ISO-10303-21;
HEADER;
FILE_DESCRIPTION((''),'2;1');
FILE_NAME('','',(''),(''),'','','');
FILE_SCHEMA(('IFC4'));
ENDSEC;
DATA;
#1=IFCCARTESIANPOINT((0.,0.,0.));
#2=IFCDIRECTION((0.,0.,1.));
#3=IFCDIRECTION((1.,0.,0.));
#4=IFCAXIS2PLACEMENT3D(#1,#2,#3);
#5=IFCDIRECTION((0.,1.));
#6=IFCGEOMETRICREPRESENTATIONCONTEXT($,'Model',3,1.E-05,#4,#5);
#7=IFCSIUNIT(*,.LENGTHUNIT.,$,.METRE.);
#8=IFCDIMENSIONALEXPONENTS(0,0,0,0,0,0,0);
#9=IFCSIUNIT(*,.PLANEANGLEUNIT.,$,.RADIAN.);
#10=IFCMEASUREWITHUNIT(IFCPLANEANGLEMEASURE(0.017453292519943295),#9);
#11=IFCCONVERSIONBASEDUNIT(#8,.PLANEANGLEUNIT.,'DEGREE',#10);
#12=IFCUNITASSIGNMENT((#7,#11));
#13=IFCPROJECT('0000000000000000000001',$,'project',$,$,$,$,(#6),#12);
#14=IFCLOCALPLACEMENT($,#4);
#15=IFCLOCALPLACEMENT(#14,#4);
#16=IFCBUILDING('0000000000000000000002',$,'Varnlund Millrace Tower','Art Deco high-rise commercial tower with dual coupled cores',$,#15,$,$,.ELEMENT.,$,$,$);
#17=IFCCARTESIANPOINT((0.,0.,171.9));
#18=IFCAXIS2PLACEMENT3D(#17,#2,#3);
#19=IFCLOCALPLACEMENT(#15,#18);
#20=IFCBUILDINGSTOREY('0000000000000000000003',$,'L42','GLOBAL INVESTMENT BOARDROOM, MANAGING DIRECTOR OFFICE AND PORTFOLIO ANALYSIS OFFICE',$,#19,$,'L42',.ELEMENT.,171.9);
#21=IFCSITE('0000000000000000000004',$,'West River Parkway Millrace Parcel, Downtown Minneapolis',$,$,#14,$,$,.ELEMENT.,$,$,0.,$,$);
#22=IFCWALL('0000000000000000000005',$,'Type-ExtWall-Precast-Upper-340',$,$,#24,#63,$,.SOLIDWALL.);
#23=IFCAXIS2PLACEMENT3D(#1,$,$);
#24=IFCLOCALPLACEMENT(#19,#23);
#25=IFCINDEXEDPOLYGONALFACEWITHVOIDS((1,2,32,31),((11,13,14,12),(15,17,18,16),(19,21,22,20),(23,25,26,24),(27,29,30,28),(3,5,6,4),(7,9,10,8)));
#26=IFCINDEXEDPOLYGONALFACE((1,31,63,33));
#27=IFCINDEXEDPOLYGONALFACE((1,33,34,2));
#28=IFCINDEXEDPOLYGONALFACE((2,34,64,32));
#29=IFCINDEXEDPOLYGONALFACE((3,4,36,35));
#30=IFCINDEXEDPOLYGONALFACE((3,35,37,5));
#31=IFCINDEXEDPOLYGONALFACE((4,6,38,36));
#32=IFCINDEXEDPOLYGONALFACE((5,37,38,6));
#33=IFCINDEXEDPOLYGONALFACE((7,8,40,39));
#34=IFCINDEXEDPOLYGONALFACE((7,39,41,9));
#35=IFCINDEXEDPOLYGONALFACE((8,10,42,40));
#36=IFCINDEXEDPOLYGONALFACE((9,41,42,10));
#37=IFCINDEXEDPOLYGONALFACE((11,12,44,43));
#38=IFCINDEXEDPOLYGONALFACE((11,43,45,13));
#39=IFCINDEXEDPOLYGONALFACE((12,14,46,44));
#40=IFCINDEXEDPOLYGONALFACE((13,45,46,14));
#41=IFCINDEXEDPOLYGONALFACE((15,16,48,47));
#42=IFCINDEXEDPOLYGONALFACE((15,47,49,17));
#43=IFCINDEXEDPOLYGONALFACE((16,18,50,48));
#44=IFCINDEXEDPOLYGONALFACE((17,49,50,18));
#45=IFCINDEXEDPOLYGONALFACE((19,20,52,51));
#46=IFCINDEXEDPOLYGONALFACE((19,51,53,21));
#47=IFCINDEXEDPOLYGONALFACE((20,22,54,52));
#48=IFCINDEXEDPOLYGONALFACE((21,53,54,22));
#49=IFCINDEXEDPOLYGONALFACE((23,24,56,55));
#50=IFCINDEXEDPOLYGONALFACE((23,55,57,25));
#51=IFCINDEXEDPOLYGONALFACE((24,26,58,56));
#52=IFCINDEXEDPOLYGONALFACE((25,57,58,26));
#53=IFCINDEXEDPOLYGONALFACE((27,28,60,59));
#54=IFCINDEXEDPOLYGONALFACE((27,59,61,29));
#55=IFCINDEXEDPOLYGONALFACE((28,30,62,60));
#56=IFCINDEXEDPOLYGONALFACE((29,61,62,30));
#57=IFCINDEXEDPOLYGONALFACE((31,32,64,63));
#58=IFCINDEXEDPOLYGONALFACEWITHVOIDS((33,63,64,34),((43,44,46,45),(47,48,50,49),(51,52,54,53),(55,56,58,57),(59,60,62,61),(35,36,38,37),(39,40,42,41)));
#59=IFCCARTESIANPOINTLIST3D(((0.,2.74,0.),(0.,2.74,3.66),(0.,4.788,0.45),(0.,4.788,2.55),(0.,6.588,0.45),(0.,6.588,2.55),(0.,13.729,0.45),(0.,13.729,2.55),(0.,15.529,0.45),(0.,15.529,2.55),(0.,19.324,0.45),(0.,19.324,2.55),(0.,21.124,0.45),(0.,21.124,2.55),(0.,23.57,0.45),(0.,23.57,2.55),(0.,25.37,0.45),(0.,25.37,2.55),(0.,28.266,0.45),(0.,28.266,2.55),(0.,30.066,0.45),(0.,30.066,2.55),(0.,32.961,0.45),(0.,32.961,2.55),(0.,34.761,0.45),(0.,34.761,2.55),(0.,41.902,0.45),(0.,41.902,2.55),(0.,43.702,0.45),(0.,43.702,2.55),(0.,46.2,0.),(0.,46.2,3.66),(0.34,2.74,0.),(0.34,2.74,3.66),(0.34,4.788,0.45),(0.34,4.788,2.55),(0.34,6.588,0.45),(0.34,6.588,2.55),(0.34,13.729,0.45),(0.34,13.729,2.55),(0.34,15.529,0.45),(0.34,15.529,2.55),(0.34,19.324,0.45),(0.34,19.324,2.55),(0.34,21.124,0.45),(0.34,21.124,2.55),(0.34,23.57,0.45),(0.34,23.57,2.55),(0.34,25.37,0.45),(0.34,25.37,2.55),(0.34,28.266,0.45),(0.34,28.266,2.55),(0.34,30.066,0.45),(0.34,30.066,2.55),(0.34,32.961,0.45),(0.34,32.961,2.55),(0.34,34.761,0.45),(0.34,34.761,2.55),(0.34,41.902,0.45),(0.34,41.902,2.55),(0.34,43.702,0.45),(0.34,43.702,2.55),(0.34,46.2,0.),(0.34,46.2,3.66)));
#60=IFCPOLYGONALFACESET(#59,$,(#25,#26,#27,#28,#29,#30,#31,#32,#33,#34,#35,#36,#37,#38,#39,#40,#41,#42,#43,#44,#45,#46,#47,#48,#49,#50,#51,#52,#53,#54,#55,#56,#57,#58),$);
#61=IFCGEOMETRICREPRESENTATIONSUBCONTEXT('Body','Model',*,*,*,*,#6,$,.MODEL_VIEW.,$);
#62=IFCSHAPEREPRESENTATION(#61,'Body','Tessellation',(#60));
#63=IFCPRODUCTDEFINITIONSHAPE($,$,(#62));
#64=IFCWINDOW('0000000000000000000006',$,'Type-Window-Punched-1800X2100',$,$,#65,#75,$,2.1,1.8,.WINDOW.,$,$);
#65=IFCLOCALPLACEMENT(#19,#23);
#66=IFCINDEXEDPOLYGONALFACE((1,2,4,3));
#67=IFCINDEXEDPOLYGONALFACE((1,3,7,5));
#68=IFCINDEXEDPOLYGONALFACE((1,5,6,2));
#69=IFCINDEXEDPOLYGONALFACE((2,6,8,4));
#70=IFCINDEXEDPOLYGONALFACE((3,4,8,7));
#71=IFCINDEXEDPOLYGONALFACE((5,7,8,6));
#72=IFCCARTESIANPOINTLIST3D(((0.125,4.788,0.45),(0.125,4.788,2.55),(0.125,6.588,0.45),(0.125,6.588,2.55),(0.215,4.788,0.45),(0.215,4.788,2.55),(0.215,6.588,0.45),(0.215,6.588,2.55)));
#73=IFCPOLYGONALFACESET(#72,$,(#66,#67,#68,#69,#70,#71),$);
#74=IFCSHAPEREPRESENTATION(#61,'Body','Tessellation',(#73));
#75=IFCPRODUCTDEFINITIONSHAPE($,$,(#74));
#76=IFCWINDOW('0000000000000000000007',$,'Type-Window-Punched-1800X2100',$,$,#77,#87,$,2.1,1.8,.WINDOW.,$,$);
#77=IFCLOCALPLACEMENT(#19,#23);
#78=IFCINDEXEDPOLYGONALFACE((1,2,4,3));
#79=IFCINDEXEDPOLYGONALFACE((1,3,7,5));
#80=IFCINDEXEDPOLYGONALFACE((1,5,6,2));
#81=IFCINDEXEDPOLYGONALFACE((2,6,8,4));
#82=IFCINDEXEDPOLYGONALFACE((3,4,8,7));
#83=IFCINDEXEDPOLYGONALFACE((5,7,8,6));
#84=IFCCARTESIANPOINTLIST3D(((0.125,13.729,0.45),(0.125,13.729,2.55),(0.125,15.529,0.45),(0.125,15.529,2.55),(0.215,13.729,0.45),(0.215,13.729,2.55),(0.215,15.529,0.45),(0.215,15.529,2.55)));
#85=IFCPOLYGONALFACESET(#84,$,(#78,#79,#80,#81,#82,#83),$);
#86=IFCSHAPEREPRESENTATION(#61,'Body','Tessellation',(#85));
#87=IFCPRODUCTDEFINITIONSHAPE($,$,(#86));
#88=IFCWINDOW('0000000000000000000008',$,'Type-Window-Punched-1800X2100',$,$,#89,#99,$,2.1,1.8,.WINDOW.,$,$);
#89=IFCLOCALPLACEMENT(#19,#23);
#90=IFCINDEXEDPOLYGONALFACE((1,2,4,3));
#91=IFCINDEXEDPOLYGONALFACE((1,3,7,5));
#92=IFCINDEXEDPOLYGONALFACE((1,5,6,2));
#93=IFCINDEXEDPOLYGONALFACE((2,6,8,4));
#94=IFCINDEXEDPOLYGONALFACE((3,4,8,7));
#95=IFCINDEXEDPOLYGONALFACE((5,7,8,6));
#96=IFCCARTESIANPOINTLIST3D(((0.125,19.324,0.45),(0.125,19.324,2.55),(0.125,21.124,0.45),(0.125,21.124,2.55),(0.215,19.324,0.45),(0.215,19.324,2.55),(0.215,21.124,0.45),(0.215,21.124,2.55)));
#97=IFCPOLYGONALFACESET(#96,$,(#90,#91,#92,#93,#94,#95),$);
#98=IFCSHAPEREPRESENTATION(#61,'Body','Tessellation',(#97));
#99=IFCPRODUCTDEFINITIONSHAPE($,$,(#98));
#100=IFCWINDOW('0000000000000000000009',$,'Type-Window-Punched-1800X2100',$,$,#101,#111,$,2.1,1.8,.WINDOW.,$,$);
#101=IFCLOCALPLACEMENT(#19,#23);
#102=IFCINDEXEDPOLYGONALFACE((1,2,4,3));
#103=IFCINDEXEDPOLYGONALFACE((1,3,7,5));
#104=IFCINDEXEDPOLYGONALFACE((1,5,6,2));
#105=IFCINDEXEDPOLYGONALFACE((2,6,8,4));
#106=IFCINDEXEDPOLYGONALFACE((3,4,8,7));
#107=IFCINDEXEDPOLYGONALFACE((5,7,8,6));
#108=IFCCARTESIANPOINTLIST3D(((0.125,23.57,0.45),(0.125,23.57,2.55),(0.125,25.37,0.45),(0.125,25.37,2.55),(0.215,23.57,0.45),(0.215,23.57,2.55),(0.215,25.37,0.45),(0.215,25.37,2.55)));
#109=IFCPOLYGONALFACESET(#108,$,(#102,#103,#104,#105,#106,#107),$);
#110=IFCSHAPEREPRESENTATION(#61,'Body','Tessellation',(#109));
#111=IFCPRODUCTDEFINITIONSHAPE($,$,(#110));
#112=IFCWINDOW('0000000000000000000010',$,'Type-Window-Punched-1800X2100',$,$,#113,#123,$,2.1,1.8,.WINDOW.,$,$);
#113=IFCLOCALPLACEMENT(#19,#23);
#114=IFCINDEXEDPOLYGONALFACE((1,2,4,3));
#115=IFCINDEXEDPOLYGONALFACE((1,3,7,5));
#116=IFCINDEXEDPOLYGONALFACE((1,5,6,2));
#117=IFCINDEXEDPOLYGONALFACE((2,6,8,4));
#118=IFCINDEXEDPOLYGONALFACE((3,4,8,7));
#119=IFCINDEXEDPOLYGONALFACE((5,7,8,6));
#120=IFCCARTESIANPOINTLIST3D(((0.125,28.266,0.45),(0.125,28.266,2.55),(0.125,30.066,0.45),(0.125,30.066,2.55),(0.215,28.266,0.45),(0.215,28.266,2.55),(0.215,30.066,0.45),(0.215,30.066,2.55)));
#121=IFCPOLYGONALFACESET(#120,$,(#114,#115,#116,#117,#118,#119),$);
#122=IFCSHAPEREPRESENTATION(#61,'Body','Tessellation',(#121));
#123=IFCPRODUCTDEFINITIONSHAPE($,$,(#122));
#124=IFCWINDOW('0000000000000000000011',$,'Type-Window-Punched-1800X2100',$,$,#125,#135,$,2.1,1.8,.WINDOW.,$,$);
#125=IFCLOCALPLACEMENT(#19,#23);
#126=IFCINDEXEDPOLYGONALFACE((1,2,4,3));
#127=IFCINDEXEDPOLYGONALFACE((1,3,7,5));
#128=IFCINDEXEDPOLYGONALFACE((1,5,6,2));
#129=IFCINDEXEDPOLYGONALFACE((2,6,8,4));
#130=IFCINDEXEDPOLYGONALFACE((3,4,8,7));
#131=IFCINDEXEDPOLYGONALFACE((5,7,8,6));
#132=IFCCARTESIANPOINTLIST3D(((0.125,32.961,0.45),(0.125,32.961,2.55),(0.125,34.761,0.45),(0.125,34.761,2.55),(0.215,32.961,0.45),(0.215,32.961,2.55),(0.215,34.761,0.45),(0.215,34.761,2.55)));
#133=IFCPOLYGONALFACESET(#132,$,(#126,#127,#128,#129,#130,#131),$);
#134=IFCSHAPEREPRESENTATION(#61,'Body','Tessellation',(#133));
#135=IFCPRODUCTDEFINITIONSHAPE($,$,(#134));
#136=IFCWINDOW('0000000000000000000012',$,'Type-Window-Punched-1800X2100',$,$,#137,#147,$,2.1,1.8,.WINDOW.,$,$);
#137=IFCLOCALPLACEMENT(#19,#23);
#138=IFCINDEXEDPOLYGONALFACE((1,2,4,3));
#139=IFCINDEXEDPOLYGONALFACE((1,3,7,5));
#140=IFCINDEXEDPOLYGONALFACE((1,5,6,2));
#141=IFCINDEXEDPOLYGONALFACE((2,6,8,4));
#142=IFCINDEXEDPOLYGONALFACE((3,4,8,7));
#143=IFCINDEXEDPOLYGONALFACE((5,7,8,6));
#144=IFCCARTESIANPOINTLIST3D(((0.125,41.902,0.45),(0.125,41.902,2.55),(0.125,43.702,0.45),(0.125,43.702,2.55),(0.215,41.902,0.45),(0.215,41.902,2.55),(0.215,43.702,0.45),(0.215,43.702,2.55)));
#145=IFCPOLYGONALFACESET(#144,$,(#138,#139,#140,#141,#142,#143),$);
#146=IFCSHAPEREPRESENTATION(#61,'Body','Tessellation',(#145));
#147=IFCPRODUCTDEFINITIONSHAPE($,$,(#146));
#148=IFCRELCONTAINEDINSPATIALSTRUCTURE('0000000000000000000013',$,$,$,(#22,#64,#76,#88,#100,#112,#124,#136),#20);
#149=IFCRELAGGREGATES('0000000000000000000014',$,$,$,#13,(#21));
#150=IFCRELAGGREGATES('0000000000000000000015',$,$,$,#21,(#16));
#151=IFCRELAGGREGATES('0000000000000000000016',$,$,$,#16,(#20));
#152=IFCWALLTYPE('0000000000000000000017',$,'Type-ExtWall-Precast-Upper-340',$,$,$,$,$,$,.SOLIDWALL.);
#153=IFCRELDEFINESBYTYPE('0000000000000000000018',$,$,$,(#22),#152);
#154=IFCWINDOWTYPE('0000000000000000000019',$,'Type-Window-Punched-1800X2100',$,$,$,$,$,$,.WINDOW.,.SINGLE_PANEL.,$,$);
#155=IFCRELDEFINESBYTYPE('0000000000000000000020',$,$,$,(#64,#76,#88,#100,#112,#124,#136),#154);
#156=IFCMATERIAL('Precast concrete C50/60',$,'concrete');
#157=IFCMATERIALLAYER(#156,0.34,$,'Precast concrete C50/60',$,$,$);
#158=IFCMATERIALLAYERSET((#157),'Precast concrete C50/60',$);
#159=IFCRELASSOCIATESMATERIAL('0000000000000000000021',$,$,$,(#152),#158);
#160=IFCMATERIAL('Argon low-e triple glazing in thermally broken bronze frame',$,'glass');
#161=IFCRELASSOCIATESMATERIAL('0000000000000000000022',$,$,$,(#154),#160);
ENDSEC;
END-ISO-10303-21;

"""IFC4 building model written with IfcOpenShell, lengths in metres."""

from ifc_helpers import new_model, entity, si_unit, converted_unit, direction, frame, origin_with_axes, origin_2d_with_axis, place, context, subcontext, project, spatial, polyline, rectangle, outline, extrude, material, layer, layer_set, type_object, element, fill, save


model = new_model("IFC4")

# Units and contexts
model_context = context("Model", 3, precision=1e-05, world=origin_with_axes(), true_north=direction((0.0, 1.0)))
body_context = subcontext(model_context, "Body", "Model", "MODEL_VIEW")
ifc_project = project(units=[si_unit("LENGTHUNIT", "METRE"), converted_unit("PLANEANGLEUNIT", "DEGREE", entity("IfcPlaneAngleMeasure", 0.017453292519943295), si_unit("PLANEANGLEUNIT", "RADIAN"), dimensions=[0, 0, 0, 0, 0, 0, 0])], contexts=[model_context])

# Site, building, storey
site_placement = place(None, origin_with_axes())
site = spatial("IfcSite", under=ifc_project, at=site_placement, Name="West River Parkway Millrace Parcel, Downtown Minneapolis", CompositionType="ELEMENT", RefElevation=0.0)
building_placement = place(site_placement, origin_with_axes())
building = spatial("IfcBuilding", under=site, at=building_placement, Name="Varnlund Millrace Tower", Description="Art Deco high-rise commercial tower with dual coupled cores", CompositionType="ELEMENT")
storey_placement = place(building_placement, frame((0.0, 0.0, 171.9), z_axis=(0.0, 0.0, 1.0), x_axis=(1.0, 0.0, 0.0)))
storey = spatial("IfcBuildingStorey", under=building, at=storey_placement, Name="L42", Description="GLOBAL INVESTMENT BOARDROOM, MANAGING DIRECTOR OFFICE AND PORTFOLIO ANALYSIS OFFICE", LongName="L42", CompositionType="ELEMENT", Elevation=171.9)

# Shared definitions
ifc_material_1 = material(Name="Precast concrete C50/60", Category="concrete")
ifc_layer_1 = layer(ifc_material_1, 0.34, Name="Precast concrete C50/60")
ifc_layer_set_1 = layer_set([ifc_layer_1], Name="Precast concrete C50/60")
wall_type = type_object("IfcWallType", Name="Type-ExtWall-Precast-Upper-340", PredefinedType="SOLIDWALL", material=ifc_layer_set_1)

# Wall, openings, windows
wall_1_placement = place(storey_placement, frame((0.17, 2.74, 0.0), z_axis=(0.0, 0.0, 1.0), x_axis=(0.0, 1.0, 0.0)))
wall_1 = element("IfcWall", 1, at=wall_1_placement, inside=storey, type_object=wall_type, Name="Type-ExtWall-Precast-Upper-340", PredefinedType="SOLIDWALL", context=body_context, shape_type="SweptSolid", body=[
    extrude(outline(polyline([(0.0, -0.17), (43.46, -0.17), (43.46, 0.17), (0.0, 0.17), (0.0, -0.17)])), origin_with_axes(), (0.0, 0.0, 1.0), 3.66),
])
opening_1_placement = place(wall_1_placement, frame((2.948, 0.0, 0.45), z_axis=(0.0, 0.0, 1.0), x_axis=(1.0, 0.0, 0.0)))
opening_1 = element("IfcOpeningElement", 2, at=opening_1_placement, cuts=wall_1, PredefinedType="OPENING", context=body_context, shape_type="SweptSolid", body=[
    extrude(rectangle(XDim=1.8, YDim=0.36, at=origin_2d_with_axis()), origin_with_axes(), (0.0, 0.0, 1.0), 2.1),
])
opening_2_placement = place(wall_1_placement, frame((11.889, 0.0, 0.45), z_axis=(0.0, 0.0, 1.0), x_axis=(1.0, 0.0, 0.0)))
opening_2 = element("IfcOpeningElement", 3, at=opening_2_placement, cuts=wall_1, PredefinedType="OPENING", context=body_context, shape_type="SweptSolid", body=[
    extrude(rectangle(XDim=1.8, YDim=0.36, at=origin_2d_with_axis()), origin_with_axes(), (0.0, 0.0, 1.0), 2.1),
])
opening_3_placement = place(wall_1_placement, frame((17.484, 0.0, 0.45), z_axis=(0.0, 0.0, 1.0), x_axis=(1.0, 0.0, 0.0)))
opening_3 = element("IfcOpeningElement", 4, at=opening_3_placement, cuts=wall_1, PredefinedType="OPENING", context=body_context, shape_type="SweptSolid", body=[
    extrude(rectangle(XDim=1.8, YDim=0.36, at=origin_2d_with_axis()), origin_with_axes(), (0.0, 0.0, 1.0), 2.1),
])
opening_4_placement = place(wall_1_placement, frame((21.73, 0.0, 0.45), z_axis=(0.0, 0.0, 1.0), x_axis=(1.0, 0.0, 0.0)))
opening_4 = element("IfcOpeningElement", 5, at=opening_4_placement, cuts=wall_1, PredefinedType="OPENING", context=body_context, shape_type="SweptSolid", body=[
    extrude(rectangle(XDim=1.8, YDim=0.36, at=origin_2d_with_axis()), origin_with_axes(), (0.0, 0.0, 1.0), 2.1),
])
opening_5_placement = place(wall_1_placement, frame((26.426, 0.0, 0.45), z_axis=(0.0, 0.0, 1.0), x_axis=(1.0, 0.0, 0.0)))
opening_5 = element("IfcOpeningElement", 6, at=opening_5_placement, cuts=wall_1, PredefinedType="OPENING", context=body_context, shape_type="SweptSolid", body=[
    extrude(rectangle(XDim=1.8, YDim=0.36, at=origin_2d_with_axis()), origin_with_axes(), (0.0, 0.0, 1.0), 2.1),
])
opening_6_placement = place(wall_1_placement, frame((31.121, 0.0, 0.45), z_axis=(0.0, 0.0, 1.0), x_axis=(1.0, 0.0, 0.0)))
opening_6 = element("IfcOpeningElement", 7, at=opening_6_placement, cuts=wall_1, PredefinedType="OPENING", context=body_context, shape_type="SweptSolid", body=[
    extrude(rectangle(XDim=1.8, YDim=0.36, at=origin_2d_with_axis()), origin_with_axes(), (0.0, 0.0, 1.0), 2.1),
])
opening_7_placement = place(wall_1_placement, frame((40.062, 0.0, 0.45), z_axis=(0.0, 0.0, 1.0), x_axis=(1.0, 0.0, 0.0)))
opening_7 = element("IfcOpeningElement", 8, at=opening_7_placement, cuts=wall_1, PredefinedType="OPENING", context=body_context, shape_type="SweptSolid", body=[
    extrude(rectangle(XDim=1.8, YDim=0.36, at=origin_2d_with_axis()), origin_with_axes(), (0.0, 0.0, 1.0), 2.1),
])
ifc_material_2 = material(Name="Argon low-e triple glazing in thermally broken bronze frame", Category="glass")
window_type = type_object("IfcWindowType", Name="Type-Window-Punched-1800X2100", PartitioningType="SINGLE_PANEL", PredefinedType="WINDOW", material=ifc_material_2)
window_1_placement = place(wall_1_placement, frame((2.948, 0.0, 0.45), z_axis=(0.0, 0.0, 1.0), x_axis=(1.0, 0.0, 0.0)))
window_1 = element("IfcWindow", 9, at=window_1_placement, inside=storey, type_object=window_type, Name="Type-Window-Punched-1800X2100", OverallHeight=2.1, OverallWidth=1.8, PredefinedType="WINDOW", context=body_context, shape_type="SweptSolid", body=[
    extrude(rectangle(XDim=1.8, YDim=0.09, at=origin_2d_with_axis()), origin_with_axes(), (0.0, 0.0, 1.0), 2.1),
])
fill(opening_1, window_1)
window_2_placement = place(wall_1_placement, frame((11.889, 0.0, 0.45), z_axis=(0.0, 0.0, 1.0), x_axis=(1.0, 0.0, 0.0)))
window_2 = element("IfcWindow", 10, at=window_2_placement, inside=storey, type_object=window_type, Name="Type-Window-Punched-1800X2100", OverallHeight=2.1, OverallWidth=1.8, PredefinedType="WINDOW", context=body_context, shape_type="SweptSolid", body=[
    extrude(rectangle(XDim=1.8, YDim=0.09, at=origin_2d_with_axis()), origin_with_axes(), (0.0, 0.0, 1.0), 2.1),
])
fill(opening_2, window_2)
window_3_placement = place(wall_1_placement, frame((17.484, 0.0, 0.45), z_axis=(0.0, 0.0, 1.0), x_axis=(1.0, 0.0, 0.0)))
window_3 = element("IfcWindow", 11, at=window_3_placement, inside=storey, type_object=window_type, Name="Type-Window-Punched-1800X2100", OverallHeight=2.1, OverallWidth=1.8, PredefinedType="WINDOW", context=body_context, shape_type="SweptSolid", body=[
    extrude(rectangle(XDim=1.8, YDim=0.09, at=origin_2d_with_axis()), origin_with_axes(), (0.0, 0.0, 1.0), 2.1),
])
fill(opening_3, window_3)
window_4_placement = place(wall_1_placement, frame((21.73, 0.0, 0.45), z_axis=(0.0, 0.0, 1.0), x_axis=(1.0, 0.0, 0.0)))
window_4 = element("IfcWindow", 12, at=window_4_placement, inside=storey, type_object=window_type, Name="Type-Window-Punched-1800X2100", OverallHeight=2.1, OverallWidth=1.8, PredefinedType="WINDOW", context=body_context, shape_type="SweptSolid", body=[
    extrude(rectangle(XDim=1.8, YDim=0.09, at=origin_2d_with_axis()), origin_with_axes(), (0.0, 0.0, 1.0), 2.1),
])
fill(opening_4, window_4)
window_5_placement = place(wall_1_placement, frame((26.426, 0.0, 0.45), z_axis=(0.0, 0.0, 1.0), x_axis=(1.0, 0.0, 0.0)))
window_5 = element("IfcWindow", 13, at=window_5_placement, inside=storey, type_object=window_type, Name="Type-Window-Punched-1800X2100", OverallHeight=2.1, OverallWidth=1.8, PredefinedType="WINDOW", context=body_context, shape_type="SweptSolid", body=[
    extrude(rectangle(XDim=1.8, YDim=0.09, at=origin_2d_with_axis()), origin_with_axes(), (0.0, 0.0, 1.0), 2.1),
])
fill(opening_5, window_5)
window_6_placement = place(wall_1_placement, frame((31.121, 0.0, 0.45), z_axis=(0.0, 0.0, 1.0), x_axis=(1.0, 0.0, 0.0)))
window_6 = element("IfcWindow", 14, at=window_6_placement, inside=storey, type_object=window_type, Name="Type-Window-Punched-1800X2100", OverallHeight=2.1, OverallWidth=1.8, PredefinedType="WINDOW", context=body_context, shape_type="SweptSolid", body=[
    extrude(rectangle(XDim=1.8, YDim=0.09, at=origin_2d_with_axis()), origin_with_axes(), (0.0, 0.0, 1.0), 2.1),
])
fill(opening_6, window_6)
window_7_placement = place(wall_1_placement, frame((40.062, 0.0, 0.45), z_axis=(0.0, 0.0, 1.0), x_axis=(1.0, 0.0, 0.0)))
window_7 = element("IfcWindow", 15, at=window_7_placement, inside=storey, type_object=window_type, Name="Type-Window-Punched-1800X2100", OverallHeight=2.1, OverallWidth=1.8, PredefinedType="WINDOW", context=body_context, shape_type="SweptSolid", body=[
    extrude(rectangle(XDim=1.8, YDim=0.09, at=origin_2d_with_axis()), origin_with_axes(), (0.0, 0.0, 1.0), 2.1),
])
fill(opening_7, window_7)

save(model, "model.ifc")
